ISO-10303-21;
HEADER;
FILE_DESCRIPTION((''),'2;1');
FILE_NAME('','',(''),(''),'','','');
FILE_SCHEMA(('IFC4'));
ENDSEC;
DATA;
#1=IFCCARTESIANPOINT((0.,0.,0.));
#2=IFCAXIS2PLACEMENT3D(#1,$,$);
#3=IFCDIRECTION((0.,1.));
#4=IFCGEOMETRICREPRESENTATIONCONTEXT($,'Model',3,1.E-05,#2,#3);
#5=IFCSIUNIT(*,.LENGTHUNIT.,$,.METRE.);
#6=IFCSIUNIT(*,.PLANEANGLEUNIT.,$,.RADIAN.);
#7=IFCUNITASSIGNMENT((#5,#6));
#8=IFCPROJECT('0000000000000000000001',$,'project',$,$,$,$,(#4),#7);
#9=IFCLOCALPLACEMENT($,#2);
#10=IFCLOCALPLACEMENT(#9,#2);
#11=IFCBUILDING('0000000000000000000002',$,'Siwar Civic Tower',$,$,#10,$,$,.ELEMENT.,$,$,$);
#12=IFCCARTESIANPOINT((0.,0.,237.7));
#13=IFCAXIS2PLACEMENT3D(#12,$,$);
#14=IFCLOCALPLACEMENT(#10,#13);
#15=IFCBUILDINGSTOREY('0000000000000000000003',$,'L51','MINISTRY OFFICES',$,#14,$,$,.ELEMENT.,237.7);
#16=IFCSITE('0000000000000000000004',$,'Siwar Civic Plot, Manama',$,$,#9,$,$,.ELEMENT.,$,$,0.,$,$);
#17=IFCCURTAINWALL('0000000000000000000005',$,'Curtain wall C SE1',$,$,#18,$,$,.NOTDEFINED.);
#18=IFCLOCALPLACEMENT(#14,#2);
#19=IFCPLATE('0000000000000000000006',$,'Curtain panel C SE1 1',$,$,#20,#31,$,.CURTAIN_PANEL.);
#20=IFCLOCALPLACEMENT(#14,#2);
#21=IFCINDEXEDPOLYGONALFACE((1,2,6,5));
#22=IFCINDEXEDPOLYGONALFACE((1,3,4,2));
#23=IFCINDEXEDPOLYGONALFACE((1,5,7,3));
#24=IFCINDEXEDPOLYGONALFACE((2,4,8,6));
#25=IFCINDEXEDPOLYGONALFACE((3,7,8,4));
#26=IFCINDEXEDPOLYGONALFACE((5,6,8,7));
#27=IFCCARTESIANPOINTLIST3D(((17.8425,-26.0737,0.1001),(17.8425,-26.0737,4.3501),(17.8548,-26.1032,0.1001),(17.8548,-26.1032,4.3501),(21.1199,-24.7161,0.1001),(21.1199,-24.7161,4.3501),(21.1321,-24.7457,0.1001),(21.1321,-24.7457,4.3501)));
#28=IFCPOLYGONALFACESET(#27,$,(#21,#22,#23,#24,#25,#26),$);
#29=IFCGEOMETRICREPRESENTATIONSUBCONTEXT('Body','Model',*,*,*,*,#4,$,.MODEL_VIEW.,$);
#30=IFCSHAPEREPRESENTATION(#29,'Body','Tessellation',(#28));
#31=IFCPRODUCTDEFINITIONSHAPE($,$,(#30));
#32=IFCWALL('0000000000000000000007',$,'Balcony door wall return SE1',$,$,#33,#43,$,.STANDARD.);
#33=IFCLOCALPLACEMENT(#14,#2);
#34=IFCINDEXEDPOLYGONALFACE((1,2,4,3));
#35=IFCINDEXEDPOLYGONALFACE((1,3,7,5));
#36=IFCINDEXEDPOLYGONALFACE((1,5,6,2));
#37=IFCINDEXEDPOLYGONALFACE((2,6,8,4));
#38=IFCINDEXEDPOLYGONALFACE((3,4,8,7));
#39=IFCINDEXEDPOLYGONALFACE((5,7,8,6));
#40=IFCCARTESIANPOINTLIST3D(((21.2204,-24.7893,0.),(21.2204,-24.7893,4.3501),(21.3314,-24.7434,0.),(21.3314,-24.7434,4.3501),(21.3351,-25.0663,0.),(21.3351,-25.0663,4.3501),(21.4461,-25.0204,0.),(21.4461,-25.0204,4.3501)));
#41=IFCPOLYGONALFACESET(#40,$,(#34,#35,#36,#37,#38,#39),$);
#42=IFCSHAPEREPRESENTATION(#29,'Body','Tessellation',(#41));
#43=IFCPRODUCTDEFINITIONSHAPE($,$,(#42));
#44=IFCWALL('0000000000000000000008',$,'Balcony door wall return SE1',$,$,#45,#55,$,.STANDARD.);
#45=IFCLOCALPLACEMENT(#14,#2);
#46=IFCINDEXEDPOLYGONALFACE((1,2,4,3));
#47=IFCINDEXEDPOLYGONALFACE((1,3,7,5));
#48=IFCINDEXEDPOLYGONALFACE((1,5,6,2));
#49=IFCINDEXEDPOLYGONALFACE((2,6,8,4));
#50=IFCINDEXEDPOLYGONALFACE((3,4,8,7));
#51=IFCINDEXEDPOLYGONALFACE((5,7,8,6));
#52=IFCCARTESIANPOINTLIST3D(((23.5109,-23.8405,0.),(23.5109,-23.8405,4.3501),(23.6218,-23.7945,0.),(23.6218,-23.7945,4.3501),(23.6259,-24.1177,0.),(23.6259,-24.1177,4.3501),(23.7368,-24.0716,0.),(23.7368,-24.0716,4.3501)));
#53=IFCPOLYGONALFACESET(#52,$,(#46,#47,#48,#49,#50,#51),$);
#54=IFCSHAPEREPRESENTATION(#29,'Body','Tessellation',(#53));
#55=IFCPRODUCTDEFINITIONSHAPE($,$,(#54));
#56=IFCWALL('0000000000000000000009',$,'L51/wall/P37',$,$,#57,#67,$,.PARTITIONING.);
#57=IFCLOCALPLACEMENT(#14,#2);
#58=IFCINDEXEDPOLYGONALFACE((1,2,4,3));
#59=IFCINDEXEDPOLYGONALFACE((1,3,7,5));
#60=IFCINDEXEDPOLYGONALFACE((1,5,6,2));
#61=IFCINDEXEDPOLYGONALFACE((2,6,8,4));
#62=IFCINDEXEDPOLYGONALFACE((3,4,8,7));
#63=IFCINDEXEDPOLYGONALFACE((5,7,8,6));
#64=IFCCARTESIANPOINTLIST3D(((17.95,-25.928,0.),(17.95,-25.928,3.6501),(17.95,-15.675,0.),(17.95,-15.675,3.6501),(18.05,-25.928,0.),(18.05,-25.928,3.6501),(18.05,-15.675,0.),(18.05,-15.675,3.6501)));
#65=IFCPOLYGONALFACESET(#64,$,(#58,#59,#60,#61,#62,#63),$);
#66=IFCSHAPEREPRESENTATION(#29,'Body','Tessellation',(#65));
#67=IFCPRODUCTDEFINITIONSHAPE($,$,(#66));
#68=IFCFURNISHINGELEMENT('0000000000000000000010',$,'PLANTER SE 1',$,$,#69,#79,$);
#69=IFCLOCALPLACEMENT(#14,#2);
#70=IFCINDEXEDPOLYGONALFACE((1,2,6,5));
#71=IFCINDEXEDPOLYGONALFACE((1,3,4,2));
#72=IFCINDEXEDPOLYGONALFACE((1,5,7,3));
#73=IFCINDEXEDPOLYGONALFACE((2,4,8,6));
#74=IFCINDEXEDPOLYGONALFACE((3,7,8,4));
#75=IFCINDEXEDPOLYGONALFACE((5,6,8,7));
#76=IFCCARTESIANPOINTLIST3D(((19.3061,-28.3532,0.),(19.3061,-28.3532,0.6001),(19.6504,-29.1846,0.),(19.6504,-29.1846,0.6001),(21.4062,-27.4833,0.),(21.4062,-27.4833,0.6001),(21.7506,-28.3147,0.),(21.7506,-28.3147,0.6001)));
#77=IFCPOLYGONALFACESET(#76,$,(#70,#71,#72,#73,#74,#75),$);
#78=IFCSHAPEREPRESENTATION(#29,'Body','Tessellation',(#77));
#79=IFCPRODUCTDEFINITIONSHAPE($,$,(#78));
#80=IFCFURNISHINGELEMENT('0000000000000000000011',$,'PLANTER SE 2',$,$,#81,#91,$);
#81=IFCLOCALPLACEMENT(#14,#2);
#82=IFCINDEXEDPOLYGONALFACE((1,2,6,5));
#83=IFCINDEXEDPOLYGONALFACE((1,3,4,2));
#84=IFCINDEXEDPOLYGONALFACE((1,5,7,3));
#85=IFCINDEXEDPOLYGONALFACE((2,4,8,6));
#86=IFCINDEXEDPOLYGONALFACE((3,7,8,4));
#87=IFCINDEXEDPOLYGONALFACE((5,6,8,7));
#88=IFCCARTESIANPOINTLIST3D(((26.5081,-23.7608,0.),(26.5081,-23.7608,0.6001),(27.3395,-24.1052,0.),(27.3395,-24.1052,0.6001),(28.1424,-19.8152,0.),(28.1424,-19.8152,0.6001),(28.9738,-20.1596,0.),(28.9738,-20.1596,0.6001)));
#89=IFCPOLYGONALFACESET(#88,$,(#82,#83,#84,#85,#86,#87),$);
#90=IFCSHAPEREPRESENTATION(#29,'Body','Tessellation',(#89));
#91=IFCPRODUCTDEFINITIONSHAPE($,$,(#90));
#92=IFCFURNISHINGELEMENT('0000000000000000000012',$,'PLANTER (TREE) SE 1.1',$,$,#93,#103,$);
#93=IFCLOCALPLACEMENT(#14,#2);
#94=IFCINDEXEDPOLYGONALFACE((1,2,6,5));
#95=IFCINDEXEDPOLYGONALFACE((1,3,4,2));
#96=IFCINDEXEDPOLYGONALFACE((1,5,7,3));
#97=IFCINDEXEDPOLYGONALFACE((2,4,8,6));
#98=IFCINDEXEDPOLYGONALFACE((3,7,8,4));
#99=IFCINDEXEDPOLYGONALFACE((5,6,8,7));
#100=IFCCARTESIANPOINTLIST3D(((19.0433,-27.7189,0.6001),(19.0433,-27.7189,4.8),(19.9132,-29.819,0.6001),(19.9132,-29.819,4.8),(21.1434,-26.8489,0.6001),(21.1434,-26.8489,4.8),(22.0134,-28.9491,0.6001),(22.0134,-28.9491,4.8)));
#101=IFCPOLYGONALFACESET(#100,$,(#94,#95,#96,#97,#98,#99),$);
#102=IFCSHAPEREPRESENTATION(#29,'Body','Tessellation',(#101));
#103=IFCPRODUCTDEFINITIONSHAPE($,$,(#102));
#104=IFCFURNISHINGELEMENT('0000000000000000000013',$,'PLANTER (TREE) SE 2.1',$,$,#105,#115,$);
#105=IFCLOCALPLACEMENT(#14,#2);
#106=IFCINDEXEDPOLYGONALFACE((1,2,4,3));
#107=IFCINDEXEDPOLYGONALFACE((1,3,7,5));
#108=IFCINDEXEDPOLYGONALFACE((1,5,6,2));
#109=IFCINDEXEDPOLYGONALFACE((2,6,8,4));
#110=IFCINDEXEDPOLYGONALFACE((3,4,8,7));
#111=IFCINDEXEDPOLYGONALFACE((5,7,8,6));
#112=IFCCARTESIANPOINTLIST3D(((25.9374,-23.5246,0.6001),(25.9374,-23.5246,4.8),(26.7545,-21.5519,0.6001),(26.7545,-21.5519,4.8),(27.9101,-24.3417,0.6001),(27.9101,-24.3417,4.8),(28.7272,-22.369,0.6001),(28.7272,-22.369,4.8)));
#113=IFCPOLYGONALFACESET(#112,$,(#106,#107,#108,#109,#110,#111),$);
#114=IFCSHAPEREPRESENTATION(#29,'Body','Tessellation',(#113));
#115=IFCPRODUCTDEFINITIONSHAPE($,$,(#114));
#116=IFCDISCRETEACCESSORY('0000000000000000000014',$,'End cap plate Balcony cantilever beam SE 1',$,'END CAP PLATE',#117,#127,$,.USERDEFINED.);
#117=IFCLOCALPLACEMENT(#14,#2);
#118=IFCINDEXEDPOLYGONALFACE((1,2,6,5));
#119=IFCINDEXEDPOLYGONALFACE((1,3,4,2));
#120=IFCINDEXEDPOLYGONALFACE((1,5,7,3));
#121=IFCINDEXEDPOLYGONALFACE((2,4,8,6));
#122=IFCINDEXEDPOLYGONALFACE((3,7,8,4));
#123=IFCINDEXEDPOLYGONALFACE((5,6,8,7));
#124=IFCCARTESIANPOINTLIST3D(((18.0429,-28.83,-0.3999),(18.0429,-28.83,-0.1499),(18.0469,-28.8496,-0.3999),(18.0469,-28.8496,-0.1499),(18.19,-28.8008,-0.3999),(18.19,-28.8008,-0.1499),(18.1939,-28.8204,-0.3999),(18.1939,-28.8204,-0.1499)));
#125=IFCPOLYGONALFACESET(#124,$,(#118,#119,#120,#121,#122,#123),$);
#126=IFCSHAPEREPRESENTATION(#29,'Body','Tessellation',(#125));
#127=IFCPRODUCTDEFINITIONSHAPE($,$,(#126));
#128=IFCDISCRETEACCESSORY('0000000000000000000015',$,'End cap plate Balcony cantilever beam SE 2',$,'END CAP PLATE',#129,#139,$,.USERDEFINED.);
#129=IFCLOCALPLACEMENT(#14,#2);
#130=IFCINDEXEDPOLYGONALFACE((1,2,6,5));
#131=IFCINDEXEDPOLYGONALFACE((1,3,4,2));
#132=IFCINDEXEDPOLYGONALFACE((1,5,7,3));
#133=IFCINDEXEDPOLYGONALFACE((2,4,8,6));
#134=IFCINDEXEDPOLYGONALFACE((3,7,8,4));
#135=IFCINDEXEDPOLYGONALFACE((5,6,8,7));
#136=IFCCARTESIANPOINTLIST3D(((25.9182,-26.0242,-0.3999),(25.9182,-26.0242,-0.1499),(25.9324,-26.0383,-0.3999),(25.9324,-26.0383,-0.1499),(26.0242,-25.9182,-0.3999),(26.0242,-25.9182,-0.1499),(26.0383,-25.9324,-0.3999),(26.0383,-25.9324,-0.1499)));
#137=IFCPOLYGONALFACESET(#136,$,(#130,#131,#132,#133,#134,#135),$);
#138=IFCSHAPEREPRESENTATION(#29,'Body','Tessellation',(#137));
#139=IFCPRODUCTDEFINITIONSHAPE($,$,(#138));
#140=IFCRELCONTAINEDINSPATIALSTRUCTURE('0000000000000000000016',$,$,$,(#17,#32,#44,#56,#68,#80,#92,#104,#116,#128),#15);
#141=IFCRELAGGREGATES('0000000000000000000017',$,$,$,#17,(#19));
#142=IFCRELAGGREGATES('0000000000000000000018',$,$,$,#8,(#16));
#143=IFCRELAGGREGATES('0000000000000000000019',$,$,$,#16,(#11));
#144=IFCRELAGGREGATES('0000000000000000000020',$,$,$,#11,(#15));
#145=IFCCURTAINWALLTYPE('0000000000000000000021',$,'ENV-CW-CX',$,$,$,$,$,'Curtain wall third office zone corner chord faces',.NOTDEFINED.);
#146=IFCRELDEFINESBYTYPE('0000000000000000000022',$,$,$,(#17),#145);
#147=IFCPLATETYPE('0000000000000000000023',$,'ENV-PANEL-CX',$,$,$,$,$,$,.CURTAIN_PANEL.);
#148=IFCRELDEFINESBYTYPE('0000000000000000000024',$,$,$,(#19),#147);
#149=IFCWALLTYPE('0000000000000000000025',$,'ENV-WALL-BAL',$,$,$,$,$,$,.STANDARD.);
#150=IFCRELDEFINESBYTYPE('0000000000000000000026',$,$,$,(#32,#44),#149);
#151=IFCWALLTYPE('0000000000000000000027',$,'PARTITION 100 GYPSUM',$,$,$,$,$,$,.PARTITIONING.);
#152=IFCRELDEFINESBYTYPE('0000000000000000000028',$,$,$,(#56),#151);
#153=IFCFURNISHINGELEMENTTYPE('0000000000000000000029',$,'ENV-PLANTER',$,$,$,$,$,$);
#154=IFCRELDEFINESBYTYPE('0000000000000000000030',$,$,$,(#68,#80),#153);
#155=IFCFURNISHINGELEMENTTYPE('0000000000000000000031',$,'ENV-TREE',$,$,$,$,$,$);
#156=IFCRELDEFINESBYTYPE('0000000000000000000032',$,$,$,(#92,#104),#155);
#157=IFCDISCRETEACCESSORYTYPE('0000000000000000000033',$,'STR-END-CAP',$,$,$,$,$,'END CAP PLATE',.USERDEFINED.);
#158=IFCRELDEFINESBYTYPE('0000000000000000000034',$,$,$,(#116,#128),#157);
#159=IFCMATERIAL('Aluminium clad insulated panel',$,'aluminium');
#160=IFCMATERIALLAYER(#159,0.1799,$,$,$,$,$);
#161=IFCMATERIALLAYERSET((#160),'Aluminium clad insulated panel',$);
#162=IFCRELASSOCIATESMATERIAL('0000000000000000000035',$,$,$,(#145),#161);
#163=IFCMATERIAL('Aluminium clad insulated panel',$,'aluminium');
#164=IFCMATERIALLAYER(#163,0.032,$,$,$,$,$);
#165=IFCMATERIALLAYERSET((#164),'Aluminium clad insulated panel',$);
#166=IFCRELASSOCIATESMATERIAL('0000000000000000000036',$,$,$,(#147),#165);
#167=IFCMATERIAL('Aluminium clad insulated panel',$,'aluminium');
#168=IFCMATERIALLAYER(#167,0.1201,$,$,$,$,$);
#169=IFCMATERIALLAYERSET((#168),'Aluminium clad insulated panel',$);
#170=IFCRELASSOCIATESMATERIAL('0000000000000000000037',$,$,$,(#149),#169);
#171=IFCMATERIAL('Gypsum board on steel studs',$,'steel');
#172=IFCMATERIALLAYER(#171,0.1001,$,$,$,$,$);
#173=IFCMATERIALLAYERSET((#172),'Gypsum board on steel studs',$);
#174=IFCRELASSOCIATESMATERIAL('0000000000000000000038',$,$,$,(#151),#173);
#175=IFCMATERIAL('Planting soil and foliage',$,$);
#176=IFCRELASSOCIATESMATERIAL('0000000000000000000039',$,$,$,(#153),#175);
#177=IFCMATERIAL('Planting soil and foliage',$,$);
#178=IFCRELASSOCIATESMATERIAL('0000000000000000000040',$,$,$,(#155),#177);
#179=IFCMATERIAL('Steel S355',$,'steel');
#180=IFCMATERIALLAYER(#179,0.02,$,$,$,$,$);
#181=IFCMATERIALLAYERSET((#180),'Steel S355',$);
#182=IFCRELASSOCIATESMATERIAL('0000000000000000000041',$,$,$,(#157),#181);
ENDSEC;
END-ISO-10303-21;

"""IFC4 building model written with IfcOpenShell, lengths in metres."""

from ifc_helpers import new_model, si_unit, direction, frame, frame_2d, origin, origin_2d, place, context, subcontext, project, spatial, rectangle, extrude, material, layer, layer_set, type_object, element, aggregate, save


model = new_model("IFC4")

# Units and contexts
model_context = context("Model", 3, precision=1e-05, world=origin(), true_north=direction((0.0, 1.0)))
body_context = subcontext(model_context, "Body", "Model", "MODEL_VIEW")
ifc_project = project(units=[si_unit("LENGTHUNIT", "METRE"), si_unit("PLANEANGLEUNIT", "RADIAN")], contexts=[model_context])

# Site, building, storey
site_placement = place(None, origin())
site = spatial("IfcSite", under=ifc_project, at=site_placement, Name="Siwar Civic Plot, Manama", CompositionType="ELEMENT", RefElevation=0.0)
building_placement = place(site_placement, origin())
building = spatial("IfcBuilding", under=site, at=building_placement, Name="Siwar Civic Tower", CompositionType="ELEMENT")
storey_placement = place(building_placement, frame((0.0, 0.0, 237.7)))
storey = spatial("IfcBuildingStorey", under=building, at=storey_placement, Name="L51", Description="MINISTRY OFFICES", CompositionType="ELEMENT", Elevation=237.7)

# Curtain wall
ifc_material_1 = material(Name="Aluminium clad insulated panel", Category="aluminium")
ifc_layer_1 = layer(ifc_material_1, 0.1799)
ifc_layer_set_1 = layer_set([ifc_layer_1], Name="Aluminium clad insulated panel")
curtain_wall_type = type_object("IfcCurtainWallType", Name="ENV-CW-CX", ElementType="Curtain wall third office zone corner chord faces", PredefinedType="NOTDEFINED", material=ifc_layer_set_1)
curtain_wall_1_placement = place(storey_placement, origin())
curtain_wall_1 = element("IfcCurtainWall", 1, at=curtain_wall_1_placement, inside=storey, type_object=curtain_wall_type, Name="Curtain wall C SE1", PredefinedType="NOTDEFINED")

# Plate
ifc_material_2 = material(Name="Aluminium clad insulated panel", Category="aluminium")
ifc_layer_2 = layer(ifc_material_2, 0.032)
ifc_layer_set_2 = layer_set([ifc_layer_2], Name="Aluminium clad insulated panel")
plate_type = type_object("IfcPlateType", Name="ENV-PANEL-CX", PredefinedType="CURTAIN_PANEL", material=ifc_layer_set_2)
plate_placement = place(storey_placement, frame((19.4873, -25.4097, 0.1001), z_axis=(0.0, 0.0, 1.0), x_axis=(0.92388, 0.382683, 0.0)))
plate = element("IfcPlate", 2, at=plate_placement, type_object=plate_type, Name="Curtain panel C SE1 1", PredefinedType="CURTAIN_PANEL", context=body_context, shape_type="SweptSolid", body=[
    extrude(rectangle(XDim=3.5474, YDim=0.032, at=origin_2d()), origin(), (0.0, 0.0, 1.0), 4.25),
])
aggregate(curtain_wall_1, [plate])

# Walls
ifc_material_3 = material(Name="Aluminium clad insulated panel", Category="aluminium")
ifc_layer_3 = layer(ifc_material_3, 0.1201)
ifc_layer_set_3 = layer_set([ifc_layer_3], Name="Aluminium clad insulated panel")
wall_type_1 = type_object("IfcWallType", Name="ENV-WALL-BAL", PredefinedType="STANDARD", material=ifc_layer_set_3)
wall_1_placement = place(storey_placement, frame((21.2759, -24.7664, 0.0), z_axis=(0.0, 0.0, 1.0), x_axis=(0.382591, -0.923918, 0.0)))
element("IfcWall", 3, at=wall_1_placement, inside=storey, type_object=wall_type_1, Name="Balcony door wall return SE1", PredefinedType="STANDARD", context=body_context, shape_type="SweptSolid", body=[
    extrude(rectangle(XDim=0.2998, YDim=0.1201, at=frame_2d((0.1499, 0.0))), origin(), (0.0, 0.0, 1.0), 4.3501),
])
wall_2_placement = place(storey_placement, frame((23.5664, -23.8176, 0.0), z_axis=(0.0, 0.0, 1.0), x_axis=(0.383286, -0.92363, 0.0)))
element("IfcWall", 4, at=wall_2_placement, inside=storey, type_object=wall_type_1, Name="Balcony door wall return SE1", PredefinedType="STANDARD", context=body_context, shape_type="SweptSolid", body=[
    extrude(rectangle(XDim=0.3, YDim=0.1201, at=frame_2d((0.1499, 0.0))), origin(), (0.0, 0.0, 1.0), 4.3501),
])

# Wall
ifc_material_4 = material(Name="Gypsum board on steel studs", Category="steel")
ifc_layer_4 = layer(ifc_material_4, 0.1001)
ifc_layer_set_4 = layer_set([ifc_layer_4], Name="Gypsum board on steel studs")
wall_type_2 = type_object("IfcWallType", Name="PARTITION 100 GYPSUM", PredefinedType="PARTITIONING", material=ifc_layer_set_4)
wall_3_placement = place(storey_placement, frame((18.0, -25.928, 0.0), z_axis=(0.0, 0.0, 1.0), x_axis=(0.0, 1.0, 0.0)))
element("IfcWall", 5, at=wall_3_placement, inside=storey, type_object=wall_type_2, Name="L51/wall/P37", PredefinedType="PARTITIONING", context=body_context, shape_type="SweptSolid", body=[
    extrude(rectangle(XDim=10.2529, YDim=0.1001, at=frame_2d((5.1265, 0.0))), origin(), (0.0, 0.0, 1.0), 3.6501),
])

# Furnishing elements
ifc_material_5 = material(Name="Planting soil and foliage")
furnishing_element_type_1 = type_object("IfcFurnishingElementType", Name="ENV-PLANTER", material=ifc_material_5)
furnishing_1_placement = place(storey_placement, frame((20.5283, -28.334, 0.0), z_axis=(0.0, 0.0, 1.0), x_axis=(0.92388, 0.382683, 0.0)))
element("IfcFurnishingElement", 6, at=furnishing_1_placement, inside=storey, type_object=furnishing_element_type_1, Name="PLANTER SE 1", context=body_context, shape_type="SweptSolid", body=[
    extrude(rectangle(XDim=2.2732, YDim=0.8999, at=origin_2d()), origin(), (0.0, 0.0, 1.0), 0.6001),
])
furnishing_2_placement = place(storey_placement, frame((27.741, -21.9602, 0.0), z_axis=(0.0, 0.0, 1.0), x_axis=(0.382683, 0.92388, 0.0)))
element("IfcFurnishingElement", 7, at=furnishing_2_placement, inside=storey, type_object=furnishing_element_type_1, Name="PLANTER SE 2", context=body_context, shape_type="SweptSolid", body=[
    extrude(rectangle(XDim=4.2708, YDim=0.8999, at=origin_2d()), origin(), (0.0, 0.0, 1.0), 0.6001),
])
ifc_material_6 = material(Name="Planting soil and foliage")
furnishing_element_type_2 = type_object("IfcFurnishingElementType", Name="ENV-TREE", material=ifc_material_6)
furnishing_3_placement = place(storey_placement, frame((20.5283, -28.334, 0.6001), z_axis=(0.0, 0.0, 1.0), x_axis=(0.92388, 0.382683, 0.0)))
element("IfcFurnishingElement", 8, at=furnishing_3_placement, inside=storey, type_object=furnishing_element_type_2, Name="PLANTER (TREE) SE 1.1", context=body_context, shape_type="SweptSolid", body=[
    extrude(rectangle(XDim=2.2732, YDim=2.2732, at=origin_2d()), origin(), (0.0, 0.0, 1.0), 4.2),
])
furnishing_4_placement = place(storey_placement, frame((27.3323, -22.9468, 0.6001), z_axis=(0.0, 0.0, 1.0), x_axis=(0.382683, 0.92388, 0.0)))
element("IfcFurnishingElement", 9, at=furnishing_4_placement, inside=storey, type_object=furnishing_element_type_2, Name="PLANTER (TREE) SE 2.1", context=body_context, shape_type="SweptSolid", body=[
    extrude(rectangle(XDim=2.1353, YDim=2.1353, at=origin_2d()), origin(), (0.0, 0.0, 1.0), 4.2),
])

# Discrete accessories
ifc_material_7 = material(Name="Steel S355", Category="steel")
ifc_layer_5 = layer(ifc_material_7, 0.02)
ifc_layer_set_5 = layer_set([ifc_layer_5], Name="Steel S355")
discrete_accessory_type = type_object("IfcDiscreteAccessoryType", Name="STR-END-CAP", ElementType="END CAP PLATE", PredefinedType="USERDEFINED", material=ifc_layer_set_5)
for number, where, z_axis, x_axis, name in (
    (10, (18.1184, -28.8252, -0.3999), (0.0, 0.0, 1.0), (0.19509, -0.980785, 0.0), "End cap plate Balcony cantilever beam SE 1"),
    (11, (25.9783, -25.9783, -0.3999), (0.0, 0.0, 1.0), (0.707107, -0.707107, 0.0), "End cap plate Balcony cantilever beam SE 2"),
):
    element("IfcDiscreteAccessory", number, at=place(storey_placement, frame(where, z_axis=z_axis, x_axis=x_axis)), inside=storey, type_object=discrete_accessory_type, Name=name, ObjectType="END CAP PLATE", PredefinedType="USERDEFINED", context=body_context, shape_type="SweptSolid", body=[
        extrude(rectangle(XDim=0.02, YDim=0.1499, at=origin_2d()), origin(), (0.0, 0.0, 1.0), 0.25),
    ])

save(model, "model.ifc")
